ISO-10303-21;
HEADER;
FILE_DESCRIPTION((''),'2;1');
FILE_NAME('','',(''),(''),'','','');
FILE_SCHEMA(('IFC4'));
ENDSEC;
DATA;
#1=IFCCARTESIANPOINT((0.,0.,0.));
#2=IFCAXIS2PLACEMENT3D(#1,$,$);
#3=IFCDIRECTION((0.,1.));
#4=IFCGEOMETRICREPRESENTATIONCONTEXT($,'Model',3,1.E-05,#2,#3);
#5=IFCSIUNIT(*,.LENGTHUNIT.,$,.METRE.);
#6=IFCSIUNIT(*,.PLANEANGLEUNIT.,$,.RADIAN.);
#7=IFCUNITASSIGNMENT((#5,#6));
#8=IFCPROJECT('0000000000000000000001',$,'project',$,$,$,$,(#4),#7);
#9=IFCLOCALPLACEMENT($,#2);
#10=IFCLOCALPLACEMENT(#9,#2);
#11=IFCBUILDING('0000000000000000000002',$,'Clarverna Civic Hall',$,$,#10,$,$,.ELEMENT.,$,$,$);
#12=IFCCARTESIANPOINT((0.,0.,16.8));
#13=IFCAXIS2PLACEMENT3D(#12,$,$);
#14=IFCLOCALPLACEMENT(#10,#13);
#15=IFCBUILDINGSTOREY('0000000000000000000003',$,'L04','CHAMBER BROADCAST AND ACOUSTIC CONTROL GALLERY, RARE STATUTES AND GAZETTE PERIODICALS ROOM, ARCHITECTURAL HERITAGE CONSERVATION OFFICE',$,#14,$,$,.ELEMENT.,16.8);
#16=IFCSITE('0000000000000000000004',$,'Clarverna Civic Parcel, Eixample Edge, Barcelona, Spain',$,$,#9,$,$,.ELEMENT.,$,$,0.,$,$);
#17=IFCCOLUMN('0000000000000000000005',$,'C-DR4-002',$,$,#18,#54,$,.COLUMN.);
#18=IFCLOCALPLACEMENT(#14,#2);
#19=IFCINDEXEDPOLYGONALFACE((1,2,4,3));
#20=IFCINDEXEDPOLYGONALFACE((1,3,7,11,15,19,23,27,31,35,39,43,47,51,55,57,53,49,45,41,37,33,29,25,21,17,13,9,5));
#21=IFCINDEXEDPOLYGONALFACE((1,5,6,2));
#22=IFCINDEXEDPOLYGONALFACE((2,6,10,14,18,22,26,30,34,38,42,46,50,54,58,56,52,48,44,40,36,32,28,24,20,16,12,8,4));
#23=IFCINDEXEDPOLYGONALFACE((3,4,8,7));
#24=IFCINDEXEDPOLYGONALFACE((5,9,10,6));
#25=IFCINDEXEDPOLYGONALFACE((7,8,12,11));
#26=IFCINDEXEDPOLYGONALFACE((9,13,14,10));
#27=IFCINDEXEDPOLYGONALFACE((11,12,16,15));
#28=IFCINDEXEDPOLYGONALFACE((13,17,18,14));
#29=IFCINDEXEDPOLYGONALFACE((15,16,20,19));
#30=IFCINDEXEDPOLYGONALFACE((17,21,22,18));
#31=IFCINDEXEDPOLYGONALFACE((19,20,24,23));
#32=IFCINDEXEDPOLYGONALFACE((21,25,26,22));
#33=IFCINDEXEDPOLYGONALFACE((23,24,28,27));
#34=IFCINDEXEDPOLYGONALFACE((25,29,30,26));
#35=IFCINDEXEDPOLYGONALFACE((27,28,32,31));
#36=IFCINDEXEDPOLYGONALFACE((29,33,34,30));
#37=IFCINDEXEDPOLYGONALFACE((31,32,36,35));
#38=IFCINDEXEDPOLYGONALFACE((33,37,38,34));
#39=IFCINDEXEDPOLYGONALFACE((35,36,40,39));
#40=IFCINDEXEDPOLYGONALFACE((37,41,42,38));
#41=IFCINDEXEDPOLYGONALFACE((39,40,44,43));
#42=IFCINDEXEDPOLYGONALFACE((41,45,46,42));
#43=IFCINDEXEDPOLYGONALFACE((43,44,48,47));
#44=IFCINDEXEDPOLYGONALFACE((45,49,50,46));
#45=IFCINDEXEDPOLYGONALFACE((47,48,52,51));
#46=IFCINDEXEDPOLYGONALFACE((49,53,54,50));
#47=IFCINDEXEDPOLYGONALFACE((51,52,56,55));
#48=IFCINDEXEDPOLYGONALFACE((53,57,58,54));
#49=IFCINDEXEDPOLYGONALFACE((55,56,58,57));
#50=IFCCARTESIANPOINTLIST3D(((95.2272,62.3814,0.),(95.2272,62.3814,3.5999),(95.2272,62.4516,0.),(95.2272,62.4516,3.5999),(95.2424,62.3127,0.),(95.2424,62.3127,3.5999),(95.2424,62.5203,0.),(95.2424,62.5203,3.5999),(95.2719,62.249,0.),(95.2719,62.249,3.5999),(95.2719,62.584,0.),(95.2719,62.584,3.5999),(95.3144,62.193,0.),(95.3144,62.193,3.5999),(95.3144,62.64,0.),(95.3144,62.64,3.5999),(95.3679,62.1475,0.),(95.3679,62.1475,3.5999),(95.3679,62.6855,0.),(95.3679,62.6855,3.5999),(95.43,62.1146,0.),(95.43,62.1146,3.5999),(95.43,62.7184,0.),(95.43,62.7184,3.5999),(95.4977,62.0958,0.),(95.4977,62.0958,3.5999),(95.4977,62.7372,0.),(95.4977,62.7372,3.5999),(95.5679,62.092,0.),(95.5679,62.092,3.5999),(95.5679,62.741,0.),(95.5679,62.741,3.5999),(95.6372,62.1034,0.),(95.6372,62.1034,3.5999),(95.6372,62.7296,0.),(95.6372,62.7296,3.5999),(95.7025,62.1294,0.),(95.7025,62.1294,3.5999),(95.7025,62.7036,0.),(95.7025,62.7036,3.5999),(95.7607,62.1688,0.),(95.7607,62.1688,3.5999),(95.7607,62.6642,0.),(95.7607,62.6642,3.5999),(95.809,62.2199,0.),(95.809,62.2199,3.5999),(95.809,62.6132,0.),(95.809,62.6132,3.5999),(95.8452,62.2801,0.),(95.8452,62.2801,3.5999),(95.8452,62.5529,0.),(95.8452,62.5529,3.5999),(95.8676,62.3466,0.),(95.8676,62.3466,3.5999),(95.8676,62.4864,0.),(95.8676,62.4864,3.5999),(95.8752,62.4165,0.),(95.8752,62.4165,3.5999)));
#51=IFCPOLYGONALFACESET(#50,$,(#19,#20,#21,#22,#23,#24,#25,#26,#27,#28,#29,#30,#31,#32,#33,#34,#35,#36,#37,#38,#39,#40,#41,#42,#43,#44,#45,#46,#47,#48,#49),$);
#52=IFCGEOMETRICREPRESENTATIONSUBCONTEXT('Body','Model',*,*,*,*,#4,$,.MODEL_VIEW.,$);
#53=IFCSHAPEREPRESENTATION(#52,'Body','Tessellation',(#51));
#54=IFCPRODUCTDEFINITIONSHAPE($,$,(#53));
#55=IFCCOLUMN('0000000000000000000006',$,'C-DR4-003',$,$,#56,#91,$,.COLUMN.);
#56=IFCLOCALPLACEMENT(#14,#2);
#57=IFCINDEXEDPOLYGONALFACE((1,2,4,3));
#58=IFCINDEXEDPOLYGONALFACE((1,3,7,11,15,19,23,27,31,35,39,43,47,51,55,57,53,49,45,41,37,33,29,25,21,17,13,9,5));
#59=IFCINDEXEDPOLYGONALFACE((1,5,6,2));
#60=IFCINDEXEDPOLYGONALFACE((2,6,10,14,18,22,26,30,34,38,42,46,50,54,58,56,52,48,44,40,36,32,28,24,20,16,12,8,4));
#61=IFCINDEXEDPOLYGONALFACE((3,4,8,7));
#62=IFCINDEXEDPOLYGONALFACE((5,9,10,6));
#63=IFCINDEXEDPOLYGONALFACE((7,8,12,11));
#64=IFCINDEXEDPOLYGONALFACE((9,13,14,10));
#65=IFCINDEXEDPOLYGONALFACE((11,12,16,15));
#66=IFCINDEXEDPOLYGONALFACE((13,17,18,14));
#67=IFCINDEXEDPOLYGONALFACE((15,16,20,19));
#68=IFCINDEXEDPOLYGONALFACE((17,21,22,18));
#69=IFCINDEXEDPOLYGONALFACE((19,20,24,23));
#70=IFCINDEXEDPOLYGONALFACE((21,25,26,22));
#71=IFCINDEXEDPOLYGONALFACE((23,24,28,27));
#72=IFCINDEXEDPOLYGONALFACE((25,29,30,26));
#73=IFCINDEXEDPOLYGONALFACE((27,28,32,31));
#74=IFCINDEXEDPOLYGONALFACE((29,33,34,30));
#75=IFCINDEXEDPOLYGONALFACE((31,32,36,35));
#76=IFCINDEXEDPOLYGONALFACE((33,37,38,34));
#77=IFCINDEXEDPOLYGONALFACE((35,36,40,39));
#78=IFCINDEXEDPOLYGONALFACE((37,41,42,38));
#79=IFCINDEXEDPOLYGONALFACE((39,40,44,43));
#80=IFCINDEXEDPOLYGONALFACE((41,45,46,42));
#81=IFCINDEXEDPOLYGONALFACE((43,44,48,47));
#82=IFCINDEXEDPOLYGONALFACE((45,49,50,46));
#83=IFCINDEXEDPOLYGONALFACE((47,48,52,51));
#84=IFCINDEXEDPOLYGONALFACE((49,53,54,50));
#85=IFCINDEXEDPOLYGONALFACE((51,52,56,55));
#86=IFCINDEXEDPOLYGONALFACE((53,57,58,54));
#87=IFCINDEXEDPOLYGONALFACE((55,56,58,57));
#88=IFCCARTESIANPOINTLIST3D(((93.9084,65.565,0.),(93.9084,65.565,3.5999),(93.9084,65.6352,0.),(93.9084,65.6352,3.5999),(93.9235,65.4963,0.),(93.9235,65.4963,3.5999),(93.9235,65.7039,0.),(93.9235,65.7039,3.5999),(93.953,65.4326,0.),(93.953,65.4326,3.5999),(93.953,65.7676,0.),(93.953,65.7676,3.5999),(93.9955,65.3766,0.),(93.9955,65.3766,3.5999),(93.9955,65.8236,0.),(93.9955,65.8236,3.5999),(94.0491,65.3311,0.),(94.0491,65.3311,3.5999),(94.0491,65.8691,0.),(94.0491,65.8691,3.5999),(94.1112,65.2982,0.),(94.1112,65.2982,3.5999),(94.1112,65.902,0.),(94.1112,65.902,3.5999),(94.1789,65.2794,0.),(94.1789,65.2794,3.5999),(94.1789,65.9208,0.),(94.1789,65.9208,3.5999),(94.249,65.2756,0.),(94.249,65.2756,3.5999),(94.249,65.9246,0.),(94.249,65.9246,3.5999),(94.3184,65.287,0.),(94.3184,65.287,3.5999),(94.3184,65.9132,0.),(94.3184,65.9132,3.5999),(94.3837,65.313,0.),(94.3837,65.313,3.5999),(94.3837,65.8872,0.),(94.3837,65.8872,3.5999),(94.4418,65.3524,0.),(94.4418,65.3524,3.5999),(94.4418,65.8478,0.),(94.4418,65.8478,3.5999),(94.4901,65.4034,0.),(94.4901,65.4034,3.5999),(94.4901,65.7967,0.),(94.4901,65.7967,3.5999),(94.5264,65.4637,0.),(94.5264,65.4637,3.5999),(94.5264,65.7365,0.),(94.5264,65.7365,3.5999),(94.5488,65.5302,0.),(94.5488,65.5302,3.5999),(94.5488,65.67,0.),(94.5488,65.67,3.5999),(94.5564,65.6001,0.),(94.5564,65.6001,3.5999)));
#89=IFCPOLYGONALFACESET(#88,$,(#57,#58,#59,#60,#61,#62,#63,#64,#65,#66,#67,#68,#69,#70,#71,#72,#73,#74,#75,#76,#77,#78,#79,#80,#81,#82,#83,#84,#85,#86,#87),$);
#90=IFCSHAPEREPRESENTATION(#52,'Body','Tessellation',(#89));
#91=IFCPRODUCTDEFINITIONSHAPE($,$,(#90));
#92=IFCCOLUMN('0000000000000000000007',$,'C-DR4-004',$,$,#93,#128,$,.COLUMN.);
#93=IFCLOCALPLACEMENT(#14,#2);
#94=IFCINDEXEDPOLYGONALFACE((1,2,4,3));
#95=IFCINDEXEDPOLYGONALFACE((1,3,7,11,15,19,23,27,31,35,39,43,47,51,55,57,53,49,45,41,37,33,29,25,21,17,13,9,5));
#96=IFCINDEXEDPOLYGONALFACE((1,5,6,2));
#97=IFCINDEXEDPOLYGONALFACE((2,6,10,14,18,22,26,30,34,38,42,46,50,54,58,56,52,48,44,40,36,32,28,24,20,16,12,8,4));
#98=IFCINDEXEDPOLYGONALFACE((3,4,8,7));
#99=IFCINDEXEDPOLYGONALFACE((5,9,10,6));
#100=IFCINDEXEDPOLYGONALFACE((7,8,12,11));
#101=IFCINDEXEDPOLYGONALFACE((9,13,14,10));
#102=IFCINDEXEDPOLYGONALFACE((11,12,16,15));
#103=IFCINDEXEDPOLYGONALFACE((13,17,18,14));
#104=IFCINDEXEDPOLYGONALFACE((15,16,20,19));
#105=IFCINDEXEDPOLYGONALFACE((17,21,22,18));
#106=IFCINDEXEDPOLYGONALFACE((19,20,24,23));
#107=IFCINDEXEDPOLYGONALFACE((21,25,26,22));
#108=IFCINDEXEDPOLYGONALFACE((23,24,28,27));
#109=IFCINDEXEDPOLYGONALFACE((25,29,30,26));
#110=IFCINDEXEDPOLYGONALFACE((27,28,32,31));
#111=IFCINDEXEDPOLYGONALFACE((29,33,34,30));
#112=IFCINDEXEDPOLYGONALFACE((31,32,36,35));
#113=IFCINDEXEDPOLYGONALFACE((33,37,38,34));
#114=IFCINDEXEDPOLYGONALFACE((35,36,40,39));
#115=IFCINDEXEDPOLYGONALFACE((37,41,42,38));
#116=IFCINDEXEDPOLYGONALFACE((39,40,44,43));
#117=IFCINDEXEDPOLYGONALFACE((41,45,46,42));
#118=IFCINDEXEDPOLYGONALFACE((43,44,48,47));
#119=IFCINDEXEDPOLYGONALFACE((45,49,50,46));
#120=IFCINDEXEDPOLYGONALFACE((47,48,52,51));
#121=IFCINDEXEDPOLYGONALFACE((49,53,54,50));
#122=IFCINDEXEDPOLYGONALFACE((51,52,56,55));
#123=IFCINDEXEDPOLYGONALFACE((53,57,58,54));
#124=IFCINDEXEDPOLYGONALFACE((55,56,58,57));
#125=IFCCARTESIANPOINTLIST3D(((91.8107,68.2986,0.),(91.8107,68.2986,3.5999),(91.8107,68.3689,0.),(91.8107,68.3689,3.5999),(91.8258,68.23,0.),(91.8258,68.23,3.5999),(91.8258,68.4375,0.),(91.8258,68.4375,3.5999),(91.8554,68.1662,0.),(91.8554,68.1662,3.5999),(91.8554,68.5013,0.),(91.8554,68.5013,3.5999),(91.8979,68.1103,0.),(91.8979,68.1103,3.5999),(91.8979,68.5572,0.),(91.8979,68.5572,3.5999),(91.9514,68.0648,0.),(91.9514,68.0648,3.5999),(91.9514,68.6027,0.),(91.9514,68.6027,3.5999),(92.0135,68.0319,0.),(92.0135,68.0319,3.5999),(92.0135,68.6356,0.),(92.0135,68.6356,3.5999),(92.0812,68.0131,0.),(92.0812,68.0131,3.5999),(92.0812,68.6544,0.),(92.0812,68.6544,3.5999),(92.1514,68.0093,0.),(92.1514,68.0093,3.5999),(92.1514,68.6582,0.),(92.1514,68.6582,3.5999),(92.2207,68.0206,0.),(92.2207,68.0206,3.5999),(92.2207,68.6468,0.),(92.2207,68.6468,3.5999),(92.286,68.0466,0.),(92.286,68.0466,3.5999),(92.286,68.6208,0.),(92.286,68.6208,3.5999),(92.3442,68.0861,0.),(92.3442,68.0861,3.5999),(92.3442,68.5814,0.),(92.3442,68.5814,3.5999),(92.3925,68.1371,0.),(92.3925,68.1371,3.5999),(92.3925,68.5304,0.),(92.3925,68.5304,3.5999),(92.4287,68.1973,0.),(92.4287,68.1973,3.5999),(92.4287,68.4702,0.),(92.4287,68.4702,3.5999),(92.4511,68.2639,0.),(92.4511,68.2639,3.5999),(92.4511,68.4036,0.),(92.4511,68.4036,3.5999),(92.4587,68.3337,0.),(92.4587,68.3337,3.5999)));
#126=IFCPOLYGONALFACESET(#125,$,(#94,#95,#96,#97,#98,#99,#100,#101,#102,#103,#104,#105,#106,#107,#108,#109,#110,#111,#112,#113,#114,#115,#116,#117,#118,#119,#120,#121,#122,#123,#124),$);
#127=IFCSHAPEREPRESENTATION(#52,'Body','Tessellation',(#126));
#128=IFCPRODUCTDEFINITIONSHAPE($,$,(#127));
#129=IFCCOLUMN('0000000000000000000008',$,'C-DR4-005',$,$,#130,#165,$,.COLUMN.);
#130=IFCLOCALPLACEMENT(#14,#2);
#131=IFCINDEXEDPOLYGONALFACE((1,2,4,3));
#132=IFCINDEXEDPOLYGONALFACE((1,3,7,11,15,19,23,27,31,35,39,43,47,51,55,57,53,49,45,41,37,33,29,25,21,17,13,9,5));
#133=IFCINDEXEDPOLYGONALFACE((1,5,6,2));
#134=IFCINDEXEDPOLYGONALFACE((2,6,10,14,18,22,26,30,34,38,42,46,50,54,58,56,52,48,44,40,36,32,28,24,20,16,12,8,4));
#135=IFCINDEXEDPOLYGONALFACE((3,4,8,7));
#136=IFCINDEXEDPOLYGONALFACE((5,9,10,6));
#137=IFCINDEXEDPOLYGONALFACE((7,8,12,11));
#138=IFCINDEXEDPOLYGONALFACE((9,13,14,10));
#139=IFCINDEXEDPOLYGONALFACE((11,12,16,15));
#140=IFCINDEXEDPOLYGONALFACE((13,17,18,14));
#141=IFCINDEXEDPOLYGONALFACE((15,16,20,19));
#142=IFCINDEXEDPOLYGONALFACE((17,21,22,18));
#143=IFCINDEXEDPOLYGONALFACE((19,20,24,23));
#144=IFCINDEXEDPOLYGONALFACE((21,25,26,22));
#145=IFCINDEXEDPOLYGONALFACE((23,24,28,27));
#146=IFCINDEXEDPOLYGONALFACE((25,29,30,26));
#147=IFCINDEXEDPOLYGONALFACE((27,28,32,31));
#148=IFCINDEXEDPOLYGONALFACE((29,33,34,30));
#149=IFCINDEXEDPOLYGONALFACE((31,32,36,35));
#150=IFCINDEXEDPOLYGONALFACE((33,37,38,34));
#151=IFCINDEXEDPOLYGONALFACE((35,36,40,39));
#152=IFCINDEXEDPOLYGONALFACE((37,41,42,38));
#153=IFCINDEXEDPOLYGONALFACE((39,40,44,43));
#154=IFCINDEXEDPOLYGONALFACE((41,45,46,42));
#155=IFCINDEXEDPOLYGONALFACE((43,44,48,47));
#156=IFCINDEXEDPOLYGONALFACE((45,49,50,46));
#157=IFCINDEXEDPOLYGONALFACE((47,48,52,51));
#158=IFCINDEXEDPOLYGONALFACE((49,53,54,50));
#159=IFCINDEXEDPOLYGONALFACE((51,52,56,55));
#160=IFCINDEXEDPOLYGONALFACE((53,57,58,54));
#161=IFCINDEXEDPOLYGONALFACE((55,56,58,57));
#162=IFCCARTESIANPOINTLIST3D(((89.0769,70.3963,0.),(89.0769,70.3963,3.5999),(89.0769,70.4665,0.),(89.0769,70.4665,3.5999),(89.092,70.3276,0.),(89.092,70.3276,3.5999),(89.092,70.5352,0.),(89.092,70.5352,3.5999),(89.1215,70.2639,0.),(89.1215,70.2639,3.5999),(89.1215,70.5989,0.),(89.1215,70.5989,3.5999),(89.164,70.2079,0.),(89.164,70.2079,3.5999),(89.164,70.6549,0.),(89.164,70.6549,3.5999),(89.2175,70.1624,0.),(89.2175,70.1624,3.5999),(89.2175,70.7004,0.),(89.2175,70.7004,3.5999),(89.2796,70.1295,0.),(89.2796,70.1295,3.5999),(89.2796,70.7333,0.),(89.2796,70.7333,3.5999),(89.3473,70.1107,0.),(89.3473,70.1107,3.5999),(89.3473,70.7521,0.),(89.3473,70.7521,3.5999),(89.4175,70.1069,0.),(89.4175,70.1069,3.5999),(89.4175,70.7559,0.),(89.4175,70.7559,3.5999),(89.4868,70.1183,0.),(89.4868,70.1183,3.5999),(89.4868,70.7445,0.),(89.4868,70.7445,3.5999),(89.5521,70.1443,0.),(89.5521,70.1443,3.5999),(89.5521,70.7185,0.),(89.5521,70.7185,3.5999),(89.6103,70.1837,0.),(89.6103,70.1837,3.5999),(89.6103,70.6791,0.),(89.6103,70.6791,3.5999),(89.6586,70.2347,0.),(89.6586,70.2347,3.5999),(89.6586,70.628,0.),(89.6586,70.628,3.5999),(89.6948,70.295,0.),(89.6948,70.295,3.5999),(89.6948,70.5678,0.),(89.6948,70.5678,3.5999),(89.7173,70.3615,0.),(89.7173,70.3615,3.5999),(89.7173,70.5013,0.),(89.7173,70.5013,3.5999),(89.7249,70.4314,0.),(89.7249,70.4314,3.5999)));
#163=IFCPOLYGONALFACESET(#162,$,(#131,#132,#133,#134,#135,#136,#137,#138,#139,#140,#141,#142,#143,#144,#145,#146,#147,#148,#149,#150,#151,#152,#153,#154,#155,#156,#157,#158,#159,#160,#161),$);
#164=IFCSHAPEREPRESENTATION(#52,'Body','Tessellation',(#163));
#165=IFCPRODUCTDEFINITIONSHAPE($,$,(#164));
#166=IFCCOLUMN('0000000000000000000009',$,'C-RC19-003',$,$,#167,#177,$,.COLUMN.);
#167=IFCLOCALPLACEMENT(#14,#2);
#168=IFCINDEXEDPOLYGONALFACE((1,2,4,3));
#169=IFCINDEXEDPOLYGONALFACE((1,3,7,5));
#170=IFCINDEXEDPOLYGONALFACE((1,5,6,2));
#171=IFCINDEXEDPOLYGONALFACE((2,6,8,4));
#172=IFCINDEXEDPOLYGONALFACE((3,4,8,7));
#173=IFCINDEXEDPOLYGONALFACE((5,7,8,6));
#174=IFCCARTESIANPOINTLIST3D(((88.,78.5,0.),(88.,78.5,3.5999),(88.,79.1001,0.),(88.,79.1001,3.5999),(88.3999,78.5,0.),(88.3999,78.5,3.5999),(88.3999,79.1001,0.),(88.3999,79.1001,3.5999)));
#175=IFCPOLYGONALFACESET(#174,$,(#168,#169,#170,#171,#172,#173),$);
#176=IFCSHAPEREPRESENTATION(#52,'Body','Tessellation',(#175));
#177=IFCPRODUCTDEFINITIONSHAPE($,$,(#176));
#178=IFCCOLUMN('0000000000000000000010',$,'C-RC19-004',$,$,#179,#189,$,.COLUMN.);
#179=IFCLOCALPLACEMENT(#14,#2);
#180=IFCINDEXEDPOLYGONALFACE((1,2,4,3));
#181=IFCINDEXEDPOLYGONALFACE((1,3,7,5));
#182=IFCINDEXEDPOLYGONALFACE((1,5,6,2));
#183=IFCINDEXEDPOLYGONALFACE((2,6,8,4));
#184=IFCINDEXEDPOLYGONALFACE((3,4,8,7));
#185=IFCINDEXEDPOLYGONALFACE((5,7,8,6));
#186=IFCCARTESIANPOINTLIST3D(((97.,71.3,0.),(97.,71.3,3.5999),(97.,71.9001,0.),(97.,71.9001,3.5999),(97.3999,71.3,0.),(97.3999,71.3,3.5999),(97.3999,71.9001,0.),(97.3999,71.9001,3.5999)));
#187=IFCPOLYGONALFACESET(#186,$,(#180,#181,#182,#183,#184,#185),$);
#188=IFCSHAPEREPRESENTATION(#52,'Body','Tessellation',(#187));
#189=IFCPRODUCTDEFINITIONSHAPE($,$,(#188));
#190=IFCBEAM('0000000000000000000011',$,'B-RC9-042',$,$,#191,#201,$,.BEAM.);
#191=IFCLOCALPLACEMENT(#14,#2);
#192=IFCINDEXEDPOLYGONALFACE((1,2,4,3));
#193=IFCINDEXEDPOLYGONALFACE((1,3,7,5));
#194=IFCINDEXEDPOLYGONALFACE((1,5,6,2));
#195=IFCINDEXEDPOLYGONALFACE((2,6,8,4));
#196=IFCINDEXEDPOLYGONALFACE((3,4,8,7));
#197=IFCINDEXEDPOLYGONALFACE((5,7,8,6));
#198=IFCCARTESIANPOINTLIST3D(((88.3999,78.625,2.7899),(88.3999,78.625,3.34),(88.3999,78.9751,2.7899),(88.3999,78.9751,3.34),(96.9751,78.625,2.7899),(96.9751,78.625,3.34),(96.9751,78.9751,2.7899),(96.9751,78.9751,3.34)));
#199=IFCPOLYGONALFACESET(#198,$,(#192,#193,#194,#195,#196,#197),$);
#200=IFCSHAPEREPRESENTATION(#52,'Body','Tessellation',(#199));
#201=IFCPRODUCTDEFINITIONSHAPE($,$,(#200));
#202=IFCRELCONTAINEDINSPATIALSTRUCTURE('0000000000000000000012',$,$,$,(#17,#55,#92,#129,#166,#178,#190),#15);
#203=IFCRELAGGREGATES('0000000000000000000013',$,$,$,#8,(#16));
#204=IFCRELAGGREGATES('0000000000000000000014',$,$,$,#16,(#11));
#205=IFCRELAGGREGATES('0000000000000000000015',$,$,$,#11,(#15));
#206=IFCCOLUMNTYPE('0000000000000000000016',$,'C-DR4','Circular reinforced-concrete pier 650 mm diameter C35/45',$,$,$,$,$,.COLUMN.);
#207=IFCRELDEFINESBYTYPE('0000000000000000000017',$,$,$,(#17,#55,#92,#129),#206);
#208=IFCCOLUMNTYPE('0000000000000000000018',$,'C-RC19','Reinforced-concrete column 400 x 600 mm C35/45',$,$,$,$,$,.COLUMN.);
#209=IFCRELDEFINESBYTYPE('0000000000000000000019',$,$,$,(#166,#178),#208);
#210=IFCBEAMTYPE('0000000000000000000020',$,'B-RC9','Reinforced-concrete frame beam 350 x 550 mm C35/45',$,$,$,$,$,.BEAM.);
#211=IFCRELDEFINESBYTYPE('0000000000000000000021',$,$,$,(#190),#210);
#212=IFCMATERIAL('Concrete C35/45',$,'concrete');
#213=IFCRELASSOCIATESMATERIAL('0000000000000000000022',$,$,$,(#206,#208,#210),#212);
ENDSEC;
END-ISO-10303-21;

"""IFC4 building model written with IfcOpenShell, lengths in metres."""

from ifc_helpers import new_model, si_unit, direction, frame, origin, origin_2d, place, context, subcontext, project, spatial, rectangle, circle, extrude, material, material_profile, profile_set, type_object, element, save


model = new_model("IFC4")

# Units and contexts
model_context = context("Model", 3, precision=1e-05, world=origin(), true_north=direction((0.0, 1.0)))
body_context = subcontext(model_context, "Body", "Model", "MODEL_VIEW")
ifc_project = project(units=[si_unit("LENGTHUNIT", "METRE"), si_unit("PLANEANGLEUNIT", "RADIAN")], contexts=[model_context])

# Site, building, storey
site_placement = place(None, origin())
site = spatial("IfcSite", under=ifc_project, at=site_placement, Name="Clarverna Civic Parcel, Eixample Edge, Barcelona, Spain", CompositionType="ELEMENT", RefElevation=0.0)
building_placement = place(site_placement, origin())
building = spatial("IfcBuilding", under=site, at=building_placement, Name="Clarverna Civic Hall", CompositionType="ELEMENT")
storey_placement = place(building_placement, frame((0.0, 0.0, 16.8)))
storey = spatial("IfcBuildingStorey", under=building, at=storey_placement, Name="L04", Description="CHAMBER BROADCAST AND ACOUSTIC CONTROL GALLERY, RARE STATUTES AND GAZETTE PERIODICALS ROOM, ARCHITECTURAL HERITAGE CONSERVATION OFFICE", CompositionType="ELEMENT", Elevation=16.8)

# Columns
ifc_material_1 = material(Name="Concrete C35/45", Category="concrete")
ifc_material_profile_1 = material_profile(ifc_material_1, circle(Radius=0.325, at=origin_2d()), Name="RC D650")
ifc_profile_set_1 = profile_set([ifc_material_profile_1], Name="Concrete C35/45")
column_type_1 = type_object("IfcColumnType", Name="C-DR4", Description="Circular reinforced-concrete pier 650 mm diameter C35/45", PredefinedType="COLUMN", material=ifc_profile_set_1)
for number, where, z_axis, x_axis, name in (
    (1, (95.5503, 62.4165, 0.0), (0.0, 0.0, 1.0), (1.0, 0.0, 0.0), "C-DR4-002"),
    (2, (94.2314, 65.6001, 0.0), (0.0, 0.0, 1.0), (1.0, 0.0, 0.0), "C-DR4-003"),
    (3, (92.1338, 68.3337, 0.0), (0.0, 0.0, 1.0), (1.0, 0.0, 0.0), "C-DR4-004"),
    (4, (89.3999, 70.4314, 0.0), (0.0, 0.0, 1.0), (1.0, 0.0, 0.0), "C-DR4-005"),
):
    element("IfcColumn", number, at=place(storey_placement, frame(where, z_axis=z_axis, x_axis=x_axis)), inside=storey, type_object=column_type_1, Name=name, PredefinedType="COLUMN", context=body_context, shape_type="SweptSolid", body=[
        extrude(circle(Radius=0.325, at=origin_2d()), origin(), (0.0, 0.0, 1.0), 3.5999),
    ])
ifc_material_profile_2 = material_profile(ifc_material_1, rectangle(XDim=0.3999, YDim=0.6001, at=origin_2d()), Name="RC 400x600")
ifc_profile_set_2 = profile_set([ifc_material_profile_2], Name="Concrete C35/45")
column_type_2 = type_object("IfcColumnType", Name="C-RC19", Description="Reinforced-concrete column 400 x 600 mm C35/45", PredefinedType="COLUMN", material=ifc_profile_set_2)
for number, where, z_axis, x_axis, name in (
    (5, (88.2, 78.8, 0.0), (0.0, 0.0, 1.0), (1.0, 0.0, 0.0), "C-RC19-003"),
    (6, (97.2, 71.6001, 0.0), (0.0, 0.0, 1.0), (1.0, 0.0, 0.0), "C-RC19-004"),
):
    element("IfcColumn", number, at=place(storey_placement, frame(where, z_axis=z_axis, x_axis=x_axis)), inside=storey, type_object=column_type_2, Name=name, PredefinedType="COLUMN", context=body_context, shape_type="SweptSolid", body=[
        extrude(rectangle(XDim=0.3999, YDim=0.6001, at=origin_2d()), origin(), (0.0, 0.0, 1.0), 3.5999),
    ])

# Beam
ifc_material_profile_3 = material_profile(ifc_material_1, rectangle(XDim=0.3501, YDim=0.55, at=origin_2d()), Name="RC 350x550")
ifc_profile_set_3 = profile_set([ifc_material_profile_3], Name="Concrete C35/45")
beam_type_1 = type_object("IfcBeamType", Name="B-RC9", Description="Reinforced-concrete frame beam 350 x 550 mm C35/45", PredefinedType="BEAM", material=ifc_profile_set_3)
beam_1_placement = place(storey_placement, frame((88.3999, 78.8, 3.0649), z_axis=(1.0, 0.0, 0.0), x_axis=(0.0, 1.0, 0.0)))
element("IfcBeam", 7, at=beam_1_placement, inside=storey, type_object=beam_type_1, Name="B-RC9-042", PredefinedType="BEAM", context=body_context, shape_type="SweptSolid", body=[
    extrude(rectangle(XDim=0.3501, YDim=0.55, at=origin_2d()), origin(), (0.0, 0.0, 1.0), 8.5752),
])

save(model, "model.ifc")
